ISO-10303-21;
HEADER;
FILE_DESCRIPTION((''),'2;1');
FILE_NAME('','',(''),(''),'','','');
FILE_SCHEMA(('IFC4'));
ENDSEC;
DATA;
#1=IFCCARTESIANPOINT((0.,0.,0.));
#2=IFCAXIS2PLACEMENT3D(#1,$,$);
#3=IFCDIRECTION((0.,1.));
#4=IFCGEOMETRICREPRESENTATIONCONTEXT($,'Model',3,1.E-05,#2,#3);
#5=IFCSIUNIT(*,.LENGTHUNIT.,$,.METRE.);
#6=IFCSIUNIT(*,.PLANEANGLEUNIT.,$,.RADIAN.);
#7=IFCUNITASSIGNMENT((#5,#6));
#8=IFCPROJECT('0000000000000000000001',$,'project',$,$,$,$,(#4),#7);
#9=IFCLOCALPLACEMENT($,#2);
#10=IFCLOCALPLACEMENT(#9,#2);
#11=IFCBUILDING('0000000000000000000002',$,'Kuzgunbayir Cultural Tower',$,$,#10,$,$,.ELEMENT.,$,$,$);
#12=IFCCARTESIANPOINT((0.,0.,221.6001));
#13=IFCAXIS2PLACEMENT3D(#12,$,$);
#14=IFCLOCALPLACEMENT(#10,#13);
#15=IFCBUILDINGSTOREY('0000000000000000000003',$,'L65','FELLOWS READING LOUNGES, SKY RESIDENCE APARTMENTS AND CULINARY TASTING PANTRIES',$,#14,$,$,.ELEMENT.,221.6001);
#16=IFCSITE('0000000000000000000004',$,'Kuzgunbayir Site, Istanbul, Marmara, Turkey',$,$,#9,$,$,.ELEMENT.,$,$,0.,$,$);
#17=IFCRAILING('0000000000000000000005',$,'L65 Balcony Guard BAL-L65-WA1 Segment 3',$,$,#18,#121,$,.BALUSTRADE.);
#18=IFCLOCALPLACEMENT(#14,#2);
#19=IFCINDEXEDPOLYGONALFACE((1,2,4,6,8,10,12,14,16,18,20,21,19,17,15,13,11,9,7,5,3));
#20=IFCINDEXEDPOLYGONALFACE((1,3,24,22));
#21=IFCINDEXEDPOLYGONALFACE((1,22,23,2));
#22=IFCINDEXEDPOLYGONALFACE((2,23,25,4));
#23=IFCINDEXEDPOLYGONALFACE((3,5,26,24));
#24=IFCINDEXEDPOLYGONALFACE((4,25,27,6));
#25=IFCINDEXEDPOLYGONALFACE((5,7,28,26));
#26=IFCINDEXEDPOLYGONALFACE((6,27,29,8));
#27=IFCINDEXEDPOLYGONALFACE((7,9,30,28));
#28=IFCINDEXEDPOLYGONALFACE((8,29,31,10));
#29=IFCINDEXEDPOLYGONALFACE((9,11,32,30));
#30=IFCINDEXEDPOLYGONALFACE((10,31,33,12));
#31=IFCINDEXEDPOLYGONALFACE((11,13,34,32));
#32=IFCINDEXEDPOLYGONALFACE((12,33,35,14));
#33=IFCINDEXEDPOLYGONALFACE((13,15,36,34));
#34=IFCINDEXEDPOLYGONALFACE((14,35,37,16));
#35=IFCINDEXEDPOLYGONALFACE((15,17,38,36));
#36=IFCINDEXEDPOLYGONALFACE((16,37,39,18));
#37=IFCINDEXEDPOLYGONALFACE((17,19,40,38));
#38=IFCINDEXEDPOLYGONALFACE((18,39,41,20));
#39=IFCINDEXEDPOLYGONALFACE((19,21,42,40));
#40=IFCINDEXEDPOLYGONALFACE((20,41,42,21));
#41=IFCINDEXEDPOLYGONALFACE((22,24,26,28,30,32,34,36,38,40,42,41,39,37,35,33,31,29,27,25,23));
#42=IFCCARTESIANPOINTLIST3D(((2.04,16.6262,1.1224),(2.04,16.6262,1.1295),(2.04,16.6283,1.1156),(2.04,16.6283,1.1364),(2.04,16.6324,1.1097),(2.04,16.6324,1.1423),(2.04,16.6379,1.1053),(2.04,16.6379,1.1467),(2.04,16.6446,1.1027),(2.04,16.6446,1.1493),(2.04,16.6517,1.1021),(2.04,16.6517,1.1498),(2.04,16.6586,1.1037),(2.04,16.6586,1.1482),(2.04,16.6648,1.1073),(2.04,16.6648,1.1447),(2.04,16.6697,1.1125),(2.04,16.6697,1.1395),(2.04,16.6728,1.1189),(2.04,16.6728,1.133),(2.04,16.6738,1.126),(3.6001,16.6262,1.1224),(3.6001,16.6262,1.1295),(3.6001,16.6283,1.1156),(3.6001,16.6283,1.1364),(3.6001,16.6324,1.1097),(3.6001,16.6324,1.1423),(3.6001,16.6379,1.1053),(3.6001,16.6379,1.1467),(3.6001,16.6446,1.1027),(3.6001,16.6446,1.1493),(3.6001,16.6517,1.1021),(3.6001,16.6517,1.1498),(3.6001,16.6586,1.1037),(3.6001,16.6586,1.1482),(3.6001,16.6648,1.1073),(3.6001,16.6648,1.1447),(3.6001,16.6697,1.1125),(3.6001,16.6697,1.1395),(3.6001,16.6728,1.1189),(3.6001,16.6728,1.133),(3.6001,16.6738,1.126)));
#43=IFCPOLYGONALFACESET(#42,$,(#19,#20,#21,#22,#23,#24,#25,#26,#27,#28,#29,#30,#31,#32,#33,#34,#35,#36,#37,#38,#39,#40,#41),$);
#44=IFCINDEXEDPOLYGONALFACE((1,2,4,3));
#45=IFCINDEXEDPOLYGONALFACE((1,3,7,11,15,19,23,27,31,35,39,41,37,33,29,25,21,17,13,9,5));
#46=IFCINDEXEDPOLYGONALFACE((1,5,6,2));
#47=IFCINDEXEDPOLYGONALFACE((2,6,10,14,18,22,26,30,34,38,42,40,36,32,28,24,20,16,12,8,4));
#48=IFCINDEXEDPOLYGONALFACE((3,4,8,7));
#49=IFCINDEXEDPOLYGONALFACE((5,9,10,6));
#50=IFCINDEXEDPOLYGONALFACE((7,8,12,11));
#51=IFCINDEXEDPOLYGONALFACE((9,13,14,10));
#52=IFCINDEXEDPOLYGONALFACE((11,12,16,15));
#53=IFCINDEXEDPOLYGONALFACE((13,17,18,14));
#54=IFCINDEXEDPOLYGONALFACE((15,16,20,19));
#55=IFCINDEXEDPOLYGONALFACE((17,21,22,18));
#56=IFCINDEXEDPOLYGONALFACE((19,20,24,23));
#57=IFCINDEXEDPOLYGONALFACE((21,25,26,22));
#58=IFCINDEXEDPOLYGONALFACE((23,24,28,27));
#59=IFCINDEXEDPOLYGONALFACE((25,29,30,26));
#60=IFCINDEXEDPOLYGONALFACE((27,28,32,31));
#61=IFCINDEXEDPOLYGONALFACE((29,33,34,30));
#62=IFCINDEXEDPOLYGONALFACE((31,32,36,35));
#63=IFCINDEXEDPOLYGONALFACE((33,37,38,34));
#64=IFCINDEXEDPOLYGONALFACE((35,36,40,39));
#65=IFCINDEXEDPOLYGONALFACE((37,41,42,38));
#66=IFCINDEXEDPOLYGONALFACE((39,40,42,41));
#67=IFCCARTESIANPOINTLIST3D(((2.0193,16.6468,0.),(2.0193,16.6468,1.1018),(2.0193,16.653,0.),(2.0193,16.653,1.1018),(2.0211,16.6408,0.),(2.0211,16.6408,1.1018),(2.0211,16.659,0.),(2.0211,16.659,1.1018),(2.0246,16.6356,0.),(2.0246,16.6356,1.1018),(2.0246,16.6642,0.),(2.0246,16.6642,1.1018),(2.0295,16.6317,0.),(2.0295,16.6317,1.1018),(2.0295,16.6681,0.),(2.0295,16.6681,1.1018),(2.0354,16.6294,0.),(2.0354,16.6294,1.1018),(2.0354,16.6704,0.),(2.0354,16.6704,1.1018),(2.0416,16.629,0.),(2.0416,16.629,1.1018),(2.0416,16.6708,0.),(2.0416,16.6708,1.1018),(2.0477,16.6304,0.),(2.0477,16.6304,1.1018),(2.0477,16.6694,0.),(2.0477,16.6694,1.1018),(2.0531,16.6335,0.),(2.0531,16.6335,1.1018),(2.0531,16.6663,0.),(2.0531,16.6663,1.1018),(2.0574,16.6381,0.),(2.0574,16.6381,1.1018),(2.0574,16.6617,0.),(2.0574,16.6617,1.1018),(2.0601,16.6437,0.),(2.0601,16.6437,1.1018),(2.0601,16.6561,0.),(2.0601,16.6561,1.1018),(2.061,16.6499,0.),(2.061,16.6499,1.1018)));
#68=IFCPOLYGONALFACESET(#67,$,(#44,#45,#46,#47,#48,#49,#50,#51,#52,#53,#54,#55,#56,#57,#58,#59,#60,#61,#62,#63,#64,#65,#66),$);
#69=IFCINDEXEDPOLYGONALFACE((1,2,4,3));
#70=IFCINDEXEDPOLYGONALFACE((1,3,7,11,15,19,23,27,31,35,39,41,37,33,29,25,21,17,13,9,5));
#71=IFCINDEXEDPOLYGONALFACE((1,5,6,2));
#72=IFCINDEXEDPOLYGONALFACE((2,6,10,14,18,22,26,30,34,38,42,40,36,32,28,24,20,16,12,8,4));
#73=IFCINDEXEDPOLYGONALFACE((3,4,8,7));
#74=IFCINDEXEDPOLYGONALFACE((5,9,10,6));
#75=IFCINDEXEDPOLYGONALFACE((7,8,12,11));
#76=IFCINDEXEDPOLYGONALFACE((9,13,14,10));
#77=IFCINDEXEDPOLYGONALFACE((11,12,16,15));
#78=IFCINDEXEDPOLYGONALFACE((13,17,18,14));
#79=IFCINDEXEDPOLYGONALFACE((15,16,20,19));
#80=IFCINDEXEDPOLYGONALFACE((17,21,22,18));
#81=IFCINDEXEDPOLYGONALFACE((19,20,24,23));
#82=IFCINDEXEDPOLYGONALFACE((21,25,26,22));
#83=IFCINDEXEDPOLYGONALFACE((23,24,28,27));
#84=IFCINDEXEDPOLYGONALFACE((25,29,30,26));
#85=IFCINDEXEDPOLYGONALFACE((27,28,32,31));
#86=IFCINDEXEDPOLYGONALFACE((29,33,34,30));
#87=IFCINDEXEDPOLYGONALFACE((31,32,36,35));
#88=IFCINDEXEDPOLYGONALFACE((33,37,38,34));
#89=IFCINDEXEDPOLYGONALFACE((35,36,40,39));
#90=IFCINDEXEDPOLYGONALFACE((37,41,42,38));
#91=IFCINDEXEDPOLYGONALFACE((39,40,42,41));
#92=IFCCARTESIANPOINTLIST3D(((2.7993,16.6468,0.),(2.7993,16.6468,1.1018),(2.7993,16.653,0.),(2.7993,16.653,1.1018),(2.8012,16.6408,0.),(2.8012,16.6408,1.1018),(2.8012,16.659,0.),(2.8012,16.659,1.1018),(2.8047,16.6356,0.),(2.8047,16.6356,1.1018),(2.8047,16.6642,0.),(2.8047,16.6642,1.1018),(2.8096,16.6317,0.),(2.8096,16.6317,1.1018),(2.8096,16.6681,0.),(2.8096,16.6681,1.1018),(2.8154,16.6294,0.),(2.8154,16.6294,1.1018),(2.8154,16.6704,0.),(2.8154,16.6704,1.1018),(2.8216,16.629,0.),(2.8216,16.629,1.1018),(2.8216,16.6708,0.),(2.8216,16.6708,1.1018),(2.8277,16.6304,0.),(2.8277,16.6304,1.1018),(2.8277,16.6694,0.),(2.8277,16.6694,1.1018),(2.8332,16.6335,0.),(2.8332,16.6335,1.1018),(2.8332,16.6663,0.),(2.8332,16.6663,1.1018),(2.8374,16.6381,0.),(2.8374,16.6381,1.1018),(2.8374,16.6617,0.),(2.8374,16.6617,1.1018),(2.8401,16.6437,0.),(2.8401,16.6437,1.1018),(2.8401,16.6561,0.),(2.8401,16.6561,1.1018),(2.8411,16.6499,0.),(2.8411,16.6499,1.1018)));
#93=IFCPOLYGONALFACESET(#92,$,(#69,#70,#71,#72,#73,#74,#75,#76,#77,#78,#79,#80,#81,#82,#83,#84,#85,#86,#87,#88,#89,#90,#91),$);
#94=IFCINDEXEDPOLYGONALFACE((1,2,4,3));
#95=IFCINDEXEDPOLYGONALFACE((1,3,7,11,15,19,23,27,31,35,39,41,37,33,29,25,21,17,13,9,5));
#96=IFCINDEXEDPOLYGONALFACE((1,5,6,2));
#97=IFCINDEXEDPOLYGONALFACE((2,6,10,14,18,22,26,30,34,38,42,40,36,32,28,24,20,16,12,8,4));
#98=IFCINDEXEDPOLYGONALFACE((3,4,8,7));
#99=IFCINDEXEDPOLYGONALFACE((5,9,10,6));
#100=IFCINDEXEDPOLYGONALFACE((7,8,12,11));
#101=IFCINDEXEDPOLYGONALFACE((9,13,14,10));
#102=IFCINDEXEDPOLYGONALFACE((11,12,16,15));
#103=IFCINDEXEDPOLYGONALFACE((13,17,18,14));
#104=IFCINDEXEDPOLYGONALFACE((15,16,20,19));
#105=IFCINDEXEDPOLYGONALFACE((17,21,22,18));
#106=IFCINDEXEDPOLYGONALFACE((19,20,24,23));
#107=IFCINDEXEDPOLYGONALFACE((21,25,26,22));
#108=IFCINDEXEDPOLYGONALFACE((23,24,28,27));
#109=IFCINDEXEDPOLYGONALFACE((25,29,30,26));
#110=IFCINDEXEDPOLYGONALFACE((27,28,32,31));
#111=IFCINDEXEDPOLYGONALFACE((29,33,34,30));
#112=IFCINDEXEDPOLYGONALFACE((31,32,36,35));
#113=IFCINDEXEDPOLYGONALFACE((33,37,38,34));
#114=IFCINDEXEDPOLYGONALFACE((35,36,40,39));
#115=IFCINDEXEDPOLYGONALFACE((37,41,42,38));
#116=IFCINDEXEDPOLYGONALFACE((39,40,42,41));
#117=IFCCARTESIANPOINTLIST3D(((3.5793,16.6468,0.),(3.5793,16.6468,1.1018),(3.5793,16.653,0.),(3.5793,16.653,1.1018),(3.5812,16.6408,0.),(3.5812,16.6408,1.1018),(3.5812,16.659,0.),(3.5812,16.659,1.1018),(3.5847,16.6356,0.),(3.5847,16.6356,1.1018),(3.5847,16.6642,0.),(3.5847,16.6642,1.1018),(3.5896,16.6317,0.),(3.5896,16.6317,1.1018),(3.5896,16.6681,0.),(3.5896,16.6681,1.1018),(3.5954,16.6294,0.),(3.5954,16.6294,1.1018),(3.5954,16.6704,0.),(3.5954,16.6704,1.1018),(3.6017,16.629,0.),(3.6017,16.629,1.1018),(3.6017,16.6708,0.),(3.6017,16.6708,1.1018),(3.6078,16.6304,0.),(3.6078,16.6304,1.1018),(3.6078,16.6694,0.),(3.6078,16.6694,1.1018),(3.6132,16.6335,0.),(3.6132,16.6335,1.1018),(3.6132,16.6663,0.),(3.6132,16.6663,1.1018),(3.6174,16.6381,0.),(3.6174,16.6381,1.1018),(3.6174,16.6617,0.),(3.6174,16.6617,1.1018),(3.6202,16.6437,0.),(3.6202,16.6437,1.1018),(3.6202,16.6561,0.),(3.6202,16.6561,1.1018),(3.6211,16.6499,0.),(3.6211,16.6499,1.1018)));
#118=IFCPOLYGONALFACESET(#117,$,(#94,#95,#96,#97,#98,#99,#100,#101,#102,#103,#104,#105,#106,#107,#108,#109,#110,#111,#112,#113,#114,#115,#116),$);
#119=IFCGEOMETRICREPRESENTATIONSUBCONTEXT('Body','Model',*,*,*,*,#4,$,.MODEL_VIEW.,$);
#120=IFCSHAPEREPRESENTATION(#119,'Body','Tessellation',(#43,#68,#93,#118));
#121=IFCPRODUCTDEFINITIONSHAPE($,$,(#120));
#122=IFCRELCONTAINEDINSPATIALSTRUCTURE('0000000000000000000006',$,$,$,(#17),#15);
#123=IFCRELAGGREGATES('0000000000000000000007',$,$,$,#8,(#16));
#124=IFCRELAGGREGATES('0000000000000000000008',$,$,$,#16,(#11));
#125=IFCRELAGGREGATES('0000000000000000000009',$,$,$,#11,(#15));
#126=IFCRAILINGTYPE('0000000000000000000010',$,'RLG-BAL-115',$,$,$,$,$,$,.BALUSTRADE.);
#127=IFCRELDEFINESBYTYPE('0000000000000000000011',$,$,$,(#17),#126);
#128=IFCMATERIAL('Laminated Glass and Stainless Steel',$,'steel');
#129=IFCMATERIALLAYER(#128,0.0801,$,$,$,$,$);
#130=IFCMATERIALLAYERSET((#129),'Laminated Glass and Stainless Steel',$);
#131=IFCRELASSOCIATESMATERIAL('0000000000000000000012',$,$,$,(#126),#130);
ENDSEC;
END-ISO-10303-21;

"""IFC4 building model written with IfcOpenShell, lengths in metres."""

from ifc_helpers import new_model, si_unit, direction, frame, origin, origin_2d, place, context, subcontext, project, spatial, circle, extrude, material, layer, layer_set, type_object, element, save


model = new_model("IFC4")

# Units and contexts
model_context = context("Model", 3, precision=1e-05, world=origin(), true_north=direction((0.0, 1.0)))
body_context = subcontext(model_context, "Body", "Model", "MODEL_VIEW")
ifc_project = project(units=[si_unit("LENGTHUNIT", "METRE"), si_unit("PLANEANGLEUNIT", "RADIAN")], contexts=[model_context])

# Site, building, storey
site_placement = place(None, origin())
site = spatial("IfcSite", under=ifc_project, at=site_placement, Name="Kuzgunbayir Site, Istanbul, Marmara, Turkey", CompositionType="ELEMENT", RefElevation=0.0)
building_placement = place(site_placement, origin())
building = spatial("IfcBuilding", under=site, at=building_placement, Name="Kuzgunbayir Cultural Tower", CompositionType="ELEMENT")
storey_placement = place(building_placement, frame((0.0, 0.0, 221.6001)))
storey = spatial("IfcBuildingStorey", under=building, at=storey_placement, Name="L65", Description="FELLOWS READING LOUNGES, SKY RESIDENCE APARTMENTS AND CULINARY TASTING PANTRIES", CompositionType="ELEMENT", Elevation=221.6001)

# Railing
ifc_material_1 = material(Name="Laminated Glass and Stainless Steel", Category="steel")
ifc_layer_1 = layer(ifc_material_1, 0.0801)
ifc_layer_set_1 = layer_set([ifc_layer_1], Name="Laminated Glass and Stainless Steel")
railing_type = type_object("IfcRailingType", Name="RLG-BAL-115", PredefinedType="BALUSTRADE", material=ifc_layer_set_1)
railing_1_placement = place(storey_placement, frame((2.04, 16.6499, 0.0)))
element("IfcRailing", 1, at=railing_1_placement, inside=storey, type_object=railing_type, Name="L65 Balcony Guard BAL-L65-WA1 Segment 3", PredefinedType="BALUSTRADE", context=body_context, shape_type="SweptSolid", body=[
    extrude(circle(Radius=0.0239, at=origin_2d()), frame((0.0, 0.0, 1.126), z_axis=(1.0, 0.0, 0.0), x_axis=(0.0, 1.0, 0.0)), (0.0, 0.0, 1.0), 1.5601),
    extrude(circle(Radius=0.021, at=origin_2d()), origin(), (0.0, 0.0, 1.0), 1.1018),
    extrude(circle(Radius=0.021, at=origin_2d()), frame((0.78, 0.0, 0.0)), (0.0, 0.0, 1.0), 1.1018),
    extrude(circle(Radius=0.021, at=origin_2d()), frame((1.5601, 0.0, 0.0)), (0.0, 0.0, 1.0), 1.1018),
])

save(model, "model.ifc")
